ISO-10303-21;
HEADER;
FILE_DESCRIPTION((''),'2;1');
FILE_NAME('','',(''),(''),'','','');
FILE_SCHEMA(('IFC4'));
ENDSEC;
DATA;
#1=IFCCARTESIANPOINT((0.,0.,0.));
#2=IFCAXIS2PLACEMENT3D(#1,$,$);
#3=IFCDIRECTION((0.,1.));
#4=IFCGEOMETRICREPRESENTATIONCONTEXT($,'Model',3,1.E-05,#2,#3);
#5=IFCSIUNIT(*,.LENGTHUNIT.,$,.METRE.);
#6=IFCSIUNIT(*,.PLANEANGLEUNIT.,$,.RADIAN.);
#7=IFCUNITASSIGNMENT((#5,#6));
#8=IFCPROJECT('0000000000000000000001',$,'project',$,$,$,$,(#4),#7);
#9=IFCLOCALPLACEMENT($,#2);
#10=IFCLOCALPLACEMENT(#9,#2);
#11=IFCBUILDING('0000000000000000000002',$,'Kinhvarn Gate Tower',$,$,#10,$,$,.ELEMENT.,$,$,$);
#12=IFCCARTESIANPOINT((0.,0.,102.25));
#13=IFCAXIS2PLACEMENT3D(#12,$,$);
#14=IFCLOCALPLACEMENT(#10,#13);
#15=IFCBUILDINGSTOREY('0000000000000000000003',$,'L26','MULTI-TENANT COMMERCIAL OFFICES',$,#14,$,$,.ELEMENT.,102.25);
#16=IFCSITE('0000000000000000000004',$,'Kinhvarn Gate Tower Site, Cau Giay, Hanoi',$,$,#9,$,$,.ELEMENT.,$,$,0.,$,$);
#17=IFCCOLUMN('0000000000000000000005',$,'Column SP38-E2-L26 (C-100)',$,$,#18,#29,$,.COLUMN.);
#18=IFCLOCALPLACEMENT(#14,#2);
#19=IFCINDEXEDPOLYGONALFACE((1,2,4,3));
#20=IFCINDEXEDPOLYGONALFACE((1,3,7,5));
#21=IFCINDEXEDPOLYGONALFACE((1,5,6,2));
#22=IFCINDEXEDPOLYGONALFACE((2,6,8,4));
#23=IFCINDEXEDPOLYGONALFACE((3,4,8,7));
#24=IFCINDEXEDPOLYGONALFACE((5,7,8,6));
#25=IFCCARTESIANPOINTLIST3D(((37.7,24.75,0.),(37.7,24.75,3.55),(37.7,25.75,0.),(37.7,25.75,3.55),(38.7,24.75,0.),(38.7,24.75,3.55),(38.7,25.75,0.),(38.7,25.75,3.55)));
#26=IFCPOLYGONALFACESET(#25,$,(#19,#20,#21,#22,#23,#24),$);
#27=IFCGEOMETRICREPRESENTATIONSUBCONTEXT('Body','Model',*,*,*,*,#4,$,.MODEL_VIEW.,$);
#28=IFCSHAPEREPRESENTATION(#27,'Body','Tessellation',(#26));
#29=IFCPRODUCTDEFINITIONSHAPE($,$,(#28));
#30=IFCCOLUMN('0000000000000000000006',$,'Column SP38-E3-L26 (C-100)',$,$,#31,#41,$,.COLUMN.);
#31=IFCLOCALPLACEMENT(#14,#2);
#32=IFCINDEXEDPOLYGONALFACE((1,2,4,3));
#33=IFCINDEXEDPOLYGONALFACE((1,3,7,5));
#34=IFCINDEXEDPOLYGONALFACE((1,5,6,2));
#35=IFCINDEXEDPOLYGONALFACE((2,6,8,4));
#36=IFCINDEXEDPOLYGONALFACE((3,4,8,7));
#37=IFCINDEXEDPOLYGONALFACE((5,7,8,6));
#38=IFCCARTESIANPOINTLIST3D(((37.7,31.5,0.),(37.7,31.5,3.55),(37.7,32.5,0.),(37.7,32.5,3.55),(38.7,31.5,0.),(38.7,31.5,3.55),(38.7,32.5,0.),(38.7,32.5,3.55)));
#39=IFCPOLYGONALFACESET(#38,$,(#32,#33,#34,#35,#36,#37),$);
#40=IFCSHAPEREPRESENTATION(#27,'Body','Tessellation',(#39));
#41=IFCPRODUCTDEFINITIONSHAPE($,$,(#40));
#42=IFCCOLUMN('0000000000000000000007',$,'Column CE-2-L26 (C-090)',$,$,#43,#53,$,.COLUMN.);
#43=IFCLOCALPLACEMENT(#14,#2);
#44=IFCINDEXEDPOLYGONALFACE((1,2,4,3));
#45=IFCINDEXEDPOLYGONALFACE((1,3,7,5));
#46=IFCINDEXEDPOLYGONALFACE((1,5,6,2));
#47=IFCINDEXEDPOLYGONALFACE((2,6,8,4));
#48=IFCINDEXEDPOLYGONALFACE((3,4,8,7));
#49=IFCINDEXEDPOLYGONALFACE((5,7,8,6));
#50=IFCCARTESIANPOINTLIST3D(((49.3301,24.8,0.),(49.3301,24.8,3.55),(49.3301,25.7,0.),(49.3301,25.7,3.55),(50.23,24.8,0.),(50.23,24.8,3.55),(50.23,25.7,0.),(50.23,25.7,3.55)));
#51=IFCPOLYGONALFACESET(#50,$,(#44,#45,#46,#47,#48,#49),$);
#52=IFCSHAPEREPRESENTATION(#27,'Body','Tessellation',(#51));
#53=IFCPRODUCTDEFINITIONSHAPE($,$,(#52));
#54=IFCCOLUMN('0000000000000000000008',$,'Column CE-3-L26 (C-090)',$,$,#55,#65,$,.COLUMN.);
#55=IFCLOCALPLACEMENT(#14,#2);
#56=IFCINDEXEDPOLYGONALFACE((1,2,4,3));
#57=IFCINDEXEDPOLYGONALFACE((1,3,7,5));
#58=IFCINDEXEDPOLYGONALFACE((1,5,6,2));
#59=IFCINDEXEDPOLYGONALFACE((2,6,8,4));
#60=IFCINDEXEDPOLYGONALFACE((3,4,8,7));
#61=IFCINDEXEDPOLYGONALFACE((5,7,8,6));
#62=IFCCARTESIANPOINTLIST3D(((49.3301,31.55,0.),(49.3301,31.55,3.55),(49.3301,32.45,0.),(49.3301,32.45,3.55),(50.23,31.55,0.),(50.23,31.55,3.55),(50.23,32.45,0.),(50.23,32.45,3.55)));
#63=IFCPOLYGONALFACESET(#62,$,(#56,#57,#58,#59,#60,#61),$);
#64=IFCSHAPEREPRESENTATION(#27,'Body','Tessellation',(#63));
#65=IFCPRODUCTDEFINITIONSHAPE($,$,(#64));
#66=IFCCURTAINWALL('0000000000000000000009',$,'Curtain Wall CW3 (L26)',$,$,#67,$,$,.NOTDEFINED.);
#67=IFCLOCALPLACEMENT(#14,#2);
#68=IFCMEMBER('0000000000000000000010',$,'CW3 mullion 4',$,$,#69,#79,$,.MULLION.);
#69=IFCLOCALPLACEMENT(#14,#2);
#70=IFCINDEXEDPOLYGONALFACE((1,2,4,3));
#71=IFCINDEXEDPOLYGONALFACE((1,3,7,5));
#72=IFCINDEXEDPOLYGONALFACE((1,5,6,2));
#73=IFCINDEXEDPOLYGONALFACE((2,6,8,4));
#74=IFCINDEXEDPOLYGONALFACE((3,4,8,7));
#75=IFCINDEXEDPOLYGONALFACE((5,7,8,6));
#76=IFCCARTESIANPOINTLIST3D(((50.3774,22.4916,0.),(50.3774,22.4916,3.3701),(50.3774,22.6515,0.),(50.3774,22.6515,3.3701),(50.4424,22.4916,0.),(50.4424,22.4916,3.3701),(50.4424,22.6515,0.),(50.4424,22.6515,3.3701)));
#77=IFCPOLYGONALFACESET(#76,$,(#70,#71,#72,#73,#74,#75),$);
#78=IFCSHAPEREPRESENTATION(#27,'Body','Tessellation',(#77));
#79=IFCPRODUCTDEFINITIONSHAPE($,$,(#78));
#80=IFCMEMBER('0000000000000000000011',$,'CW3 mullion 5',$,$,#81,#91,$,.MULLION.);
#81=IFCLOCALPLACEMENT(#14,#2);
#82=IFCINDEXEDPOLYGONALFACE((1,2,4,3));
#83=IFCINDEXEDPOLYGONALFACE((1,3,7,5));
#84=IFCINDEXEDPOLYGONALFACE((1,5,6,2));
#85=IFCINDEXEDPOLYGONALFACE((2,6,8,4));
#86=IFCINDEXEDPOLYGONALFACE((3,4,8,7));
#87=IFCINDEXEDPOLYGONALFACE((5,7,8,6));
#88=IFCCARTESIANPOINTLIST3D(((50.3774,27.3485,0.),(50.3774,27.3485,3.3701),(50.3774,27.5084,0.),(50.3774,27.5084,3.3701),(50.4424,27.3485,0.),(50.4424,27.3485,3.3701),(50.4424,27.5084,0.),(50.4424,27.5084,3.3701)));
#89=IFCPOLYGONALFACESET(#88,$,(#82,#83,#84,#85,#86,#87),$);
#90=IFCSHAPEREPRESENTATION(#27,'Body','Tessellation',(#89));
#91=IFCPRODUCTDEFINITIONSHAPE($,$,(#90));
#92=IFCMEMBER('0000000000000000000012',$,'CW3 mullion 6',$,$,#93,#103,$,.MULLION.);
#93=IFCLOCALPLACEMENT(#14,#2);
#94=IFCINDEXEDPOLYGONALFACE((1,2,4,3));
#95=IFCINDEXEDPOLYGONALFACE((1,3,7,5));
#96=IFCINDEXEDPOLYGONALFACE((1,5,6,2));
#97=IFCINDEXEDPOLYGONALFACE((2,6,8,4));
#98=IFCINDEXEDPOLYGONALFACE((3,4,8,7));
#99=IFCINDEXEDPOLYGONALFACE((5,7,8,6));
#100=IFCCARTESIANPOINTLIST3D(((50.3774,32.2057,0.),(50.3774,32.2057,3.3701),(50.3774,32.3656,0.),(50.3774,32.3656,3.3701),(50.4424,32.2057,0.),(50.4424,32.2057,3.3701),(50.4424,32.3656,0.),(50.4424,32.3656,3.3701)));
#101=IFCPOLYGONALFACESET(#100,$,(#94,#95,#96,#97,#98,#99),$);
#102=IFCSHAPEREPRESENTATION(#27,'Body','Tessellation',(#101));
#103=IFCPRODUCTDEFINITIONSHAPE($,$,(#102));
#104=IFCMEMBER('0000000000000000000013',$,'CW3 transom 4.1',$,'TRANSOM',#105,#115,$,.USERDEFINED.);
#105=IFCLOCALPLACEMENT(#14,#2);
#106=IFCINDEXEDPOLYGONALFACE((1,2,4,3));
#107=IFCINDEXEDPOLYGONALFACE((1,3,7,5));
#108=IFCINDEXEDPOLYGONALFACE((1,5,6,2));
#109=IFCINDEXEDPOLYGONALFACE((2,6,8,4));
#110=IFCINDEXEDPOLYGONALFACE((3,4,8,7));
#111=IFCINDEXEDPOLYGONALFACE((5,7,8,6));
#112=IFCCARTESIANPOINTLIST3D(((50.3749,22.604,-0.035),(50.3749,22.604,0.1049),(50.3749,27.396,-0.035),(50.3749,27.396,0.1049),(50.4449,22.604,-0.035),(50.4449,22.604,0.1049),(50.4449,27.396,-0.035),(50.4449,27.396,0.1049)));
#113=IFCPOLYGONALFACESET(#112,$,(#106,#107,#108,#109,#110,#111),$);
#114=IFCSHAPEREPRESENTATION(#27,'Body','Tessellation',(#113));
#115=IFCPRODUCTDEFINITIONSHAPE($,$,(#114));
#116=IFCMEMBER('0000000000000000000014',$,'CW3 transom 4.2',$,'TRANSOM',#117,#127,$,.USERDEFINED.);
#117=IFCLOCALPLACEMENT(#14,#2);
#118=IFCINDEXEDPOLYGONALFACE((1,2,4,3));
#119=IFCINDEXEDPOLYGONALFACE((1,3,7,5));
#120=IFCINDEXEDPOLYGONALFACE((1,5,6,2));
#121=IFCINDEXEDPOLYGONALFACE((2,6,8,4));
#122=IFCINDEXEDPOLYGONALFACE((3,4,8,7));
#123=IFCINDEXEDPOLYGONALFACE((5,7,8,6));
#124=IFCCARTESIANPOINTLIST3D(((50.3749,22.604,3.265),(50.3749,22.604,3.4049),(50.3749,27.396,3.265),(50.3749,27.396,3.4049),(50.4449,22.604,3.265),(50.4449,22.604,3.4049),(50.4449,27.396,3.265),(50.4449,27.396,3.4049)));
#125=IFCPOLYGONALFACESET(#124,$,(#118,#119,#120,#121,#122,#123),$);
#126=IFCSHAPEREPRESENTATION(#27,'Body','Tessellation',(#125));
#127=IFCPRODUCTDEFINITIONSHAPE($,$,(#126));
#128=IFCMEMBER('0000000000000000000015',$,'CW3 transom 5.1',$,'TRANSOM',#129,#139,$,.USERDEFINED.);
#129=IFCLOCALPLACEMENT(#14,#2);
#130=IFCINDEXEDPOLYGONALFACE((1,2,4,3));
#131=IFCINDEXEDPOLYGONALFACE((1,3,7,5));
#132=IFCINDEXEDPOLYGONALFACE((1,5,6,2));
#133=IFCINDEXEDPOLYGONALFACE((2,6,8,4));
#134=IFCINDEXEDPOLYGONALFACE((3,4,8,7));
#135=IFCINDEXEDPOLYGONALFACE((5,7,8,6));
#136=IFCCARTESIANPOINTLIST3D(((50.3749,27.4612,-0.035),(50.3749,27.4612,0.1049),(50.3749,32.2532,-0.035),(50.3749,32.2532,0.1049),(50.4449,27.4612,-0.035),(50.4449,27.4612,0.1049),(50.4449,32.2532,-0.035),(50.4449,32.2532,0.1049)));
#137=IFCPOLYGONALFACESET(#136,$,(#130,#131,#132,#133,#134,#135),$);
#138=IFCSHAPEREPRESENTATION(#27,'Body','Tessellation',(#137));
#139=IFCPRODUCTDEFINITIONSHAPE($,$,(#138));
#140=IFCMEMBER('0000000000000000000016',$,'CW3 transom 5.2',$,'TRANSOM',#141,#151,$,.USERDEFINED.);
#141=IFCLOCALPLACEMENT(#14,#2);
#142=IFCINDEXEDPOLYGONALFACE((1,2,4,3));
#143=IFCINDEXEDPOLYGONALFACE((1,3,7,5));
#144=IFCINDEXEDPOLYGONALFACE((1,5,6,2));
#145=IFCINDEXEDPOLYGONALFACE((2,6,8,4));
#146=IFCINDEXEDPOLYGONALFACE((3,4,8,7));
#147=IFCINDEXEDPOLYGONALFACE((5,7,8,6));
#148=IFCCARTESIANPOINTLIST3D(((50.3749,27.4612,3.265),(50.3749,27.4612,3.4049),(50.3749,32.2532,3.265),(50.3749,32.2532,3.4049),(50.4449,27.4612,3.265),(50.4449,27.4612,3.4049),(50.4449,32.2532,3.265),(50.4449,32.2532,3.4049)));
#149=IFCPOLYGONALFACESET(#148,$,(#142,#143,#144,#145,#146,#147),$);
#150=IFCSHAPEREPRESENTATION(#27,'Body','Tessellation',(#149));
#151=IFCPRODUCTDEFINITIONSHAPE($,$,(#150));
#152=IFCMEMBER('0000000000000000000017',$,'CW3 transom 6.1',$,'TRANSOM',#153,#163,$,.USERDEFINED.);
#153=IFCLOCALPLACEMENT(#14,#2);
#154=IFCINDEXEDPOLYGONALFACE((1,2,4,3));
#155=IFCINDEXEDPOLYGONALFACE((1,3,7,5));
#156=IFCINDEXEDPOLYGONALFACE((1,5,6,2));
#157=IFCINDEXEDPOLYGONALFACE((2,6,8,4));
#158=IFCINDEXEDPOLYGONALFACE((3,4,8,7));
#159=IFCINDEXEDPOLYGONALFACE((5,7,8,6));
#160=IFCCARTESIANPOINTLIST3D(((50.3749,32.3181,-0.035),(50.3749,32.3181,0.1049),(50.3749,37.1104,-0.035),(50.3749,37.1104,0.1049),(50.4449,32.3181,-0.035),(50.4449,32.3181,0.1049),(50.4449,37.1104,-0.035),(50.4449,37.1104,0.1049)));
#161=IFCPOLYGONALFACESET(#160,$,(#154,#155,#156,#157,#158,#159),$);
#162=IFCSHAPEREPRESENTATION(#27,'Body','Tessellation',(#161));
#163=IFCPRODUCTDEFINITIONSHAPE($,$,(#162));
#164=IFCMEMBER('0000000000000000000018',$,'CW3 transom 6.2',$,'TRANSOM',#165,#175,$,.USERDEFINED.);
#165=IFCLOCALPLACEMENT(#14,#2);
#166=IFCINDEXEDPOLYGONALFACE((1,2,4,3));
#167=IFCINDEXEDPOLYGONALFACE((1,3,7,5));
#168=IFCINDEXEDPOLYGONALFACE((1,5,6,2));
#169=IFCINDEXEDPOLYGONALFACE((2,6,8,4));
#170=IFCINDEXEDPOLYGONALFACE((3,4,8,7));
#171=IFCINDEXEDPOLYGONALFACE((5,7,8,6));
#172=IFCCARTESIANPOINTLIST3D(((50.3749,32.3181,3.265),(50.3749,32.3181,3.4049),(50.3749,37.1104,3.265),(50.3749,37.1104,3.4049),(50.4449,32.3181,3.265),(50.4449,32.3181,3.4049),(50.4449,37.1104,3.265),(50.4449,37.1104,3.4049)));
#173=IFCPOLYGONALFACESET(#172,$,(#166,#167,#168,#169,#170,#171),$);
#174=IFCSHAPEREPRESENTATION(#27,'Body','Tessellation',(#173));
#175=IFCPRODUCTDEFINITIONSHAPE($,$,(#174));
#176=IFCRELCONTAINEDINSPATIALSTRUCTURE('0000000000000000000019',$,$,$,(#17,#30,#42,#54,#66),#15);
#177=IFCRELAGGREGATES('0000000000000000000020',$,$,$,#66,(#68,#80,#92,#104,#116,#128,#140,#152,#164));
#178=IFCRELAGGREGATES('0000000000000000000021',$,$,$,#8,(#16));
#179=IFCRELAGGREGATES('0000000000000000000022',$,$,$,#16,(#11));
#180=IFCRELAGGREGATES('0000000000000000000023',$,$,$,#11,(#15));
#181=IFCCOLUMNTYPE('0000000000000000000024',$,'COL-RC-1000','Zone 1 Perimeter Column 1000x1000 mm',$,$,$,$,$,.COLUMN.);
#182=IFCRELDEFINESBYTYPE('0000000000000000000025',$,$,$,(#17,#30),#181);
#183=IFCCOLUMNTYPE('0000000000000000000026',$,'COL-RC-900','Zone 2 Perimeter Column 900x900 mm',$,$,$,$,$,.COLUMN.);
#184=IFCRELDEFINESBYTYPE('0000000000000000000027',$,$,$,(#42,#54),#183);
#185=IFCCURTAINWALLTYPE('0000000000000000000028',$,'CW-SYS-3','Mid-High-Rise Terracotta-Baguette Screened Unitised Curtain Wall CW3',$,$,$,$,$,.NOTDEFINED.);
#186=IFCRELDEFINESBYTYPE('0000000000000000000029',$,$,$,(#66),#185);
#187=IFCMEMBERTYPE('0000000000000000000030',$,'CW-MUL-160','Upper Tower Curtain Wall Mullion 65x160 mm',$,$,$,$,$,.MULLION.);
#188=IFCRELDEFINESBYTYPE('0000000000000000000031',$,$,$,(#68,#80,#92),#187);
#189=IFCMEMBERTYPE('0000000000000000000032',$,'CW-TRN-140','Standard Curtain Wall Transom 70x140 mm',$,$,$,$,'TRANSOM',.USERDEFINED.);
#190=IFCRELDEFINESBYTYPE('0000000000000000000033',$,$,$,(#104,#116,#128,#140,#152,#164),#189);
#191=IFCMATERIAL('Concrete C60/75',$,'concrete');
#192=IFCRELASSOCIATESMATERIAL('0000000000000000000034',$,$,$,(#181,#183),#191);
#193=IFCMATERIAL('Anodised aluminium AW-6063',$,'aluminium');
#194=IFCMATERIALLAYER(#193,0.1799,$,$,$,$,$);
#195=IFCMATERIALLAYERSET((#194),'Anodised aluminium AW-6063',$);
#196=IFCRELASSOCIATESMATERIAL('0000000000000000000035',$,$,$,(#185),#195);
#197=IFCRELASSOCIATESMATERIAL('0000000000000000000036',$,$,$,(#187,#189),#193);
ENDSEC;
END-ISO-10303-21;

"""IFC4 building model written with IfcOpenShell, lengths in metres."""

from ifc_helpers import new_model, si_unit, direction, frame, origin, origin_2d, place, context, subcontext, project, spatial, rectangle, extrude, material, layer, layer_set, material_profile, profile_set, type_object, element, aggregate, save


model = new_model("IFC4")

# Units and contexts
model_context = context("Model", 3, precision=1e-05, world=origin(), true_north=direction((0.0, 1.0)))
body_context = subcontext(model_context, "Body", "Model", "MODEL_VIEW")
ifc_project = project(units=[si_unit("LENGTHUNIT", "METRE"), si_unit("PLANEANGLEUNIT", "RADIAN")], contexts=[model_context])

# Site, building, storey
site_placement = place(None, origin())
site = spatial("IfcSite", under=ifc_project, at=site_placement, Name="Kinhvarn Gate Tower Site, Cau Giay, Hanoi", CompositionType="ELEMENT", RefElevation=0.0)
building_placement = place(site_placement, origin())
building = spatial("IfcBuilding", under=site, at=building_placement, Name="Kinhvarn Gate Tower", CompositionType="ELEMENT")
storey_placement = place(building_placement, frame((0.0, 0.0, 102.25)))
storey = spatial("IfcBuildingStorey", under=building, at=storey_placement, Name="L26", Description="MULTI-TENANT COMMERCIAL OFFICES", CompositionType="ELEMENT", Elevation=102.25)

# Columns
ifc_material_1 = material(Name="Concrete C60/75", Category="concrete")
ifc_material_profile_1 = material_profile(ifc_material_1, rectangle(XDim=1.0, YDim=1.0, at=origin_2d()), Name="RC 1000x1000")
ifc_profile_set_1 = profile_set([ifc_material_profile_1], Name="Concrete C60/75")
column_type_1 = type_object("IfcColumnType", Name="COL-RC-1000", Description="Zone 1 Perimeter Column 1000x1000 mm", PredefinedType="COLUMN", material=ifc_profile_set_1)
for number, where, z_axis, x_axis, name in (
    (1, (38.2, 25.25, 0.0), (0.0, 0.0, 1.0), (1.0, 0.0, 0.0), "Column SP38-E2-L26 (C-100)"),
    (2, (38.2, 32.0, 0.0), (0.0, 0.0, 1.0), (1.0, 0.0, 0.0), "Column SP38-E3-L26 (C-100)"),
):
    element("IfcColumn", number, at=place(storey_placement, frame(where, z_axis=z_axis, x_axis=x_axis)), inside=storey, type_object=column_type_1, Name=name, PredefinedType="COLUMN", context=body_context, shape_type="SweptSolid", body=[
        extrude(rectangle(XDim=1.0, YDim=1.0, at=origin_2d()), origin(), (0.0, 0.0, 1.0), 3.55),
    ])
ifc_material_profile_2 = material_profile(ifc_material_1, rectangle(XDim=0.8999, YDim=0.8999, at=origin_2d()), Name="RC 900x900")
ifc_profile_set_2 = profile_set([ifc_material_profile_2], Name="Concrete C60/75")
column_type_2 = type_object("IfcColumnType", Name="COL-RC-900", Description="Zone 2 Perimeter Column 900x900 mm", PredefinedType="COLUMN", material=ifc_profile_set_2)
for number, where, z_axis, x_axis, name in (
    (3, (49.78, 25.25, 0.0), (0.0, 0.0, 1.0), (1.0, 0.0, 0.0), "Column CE-2-L26 (C-090)"),
    (4, (49.78, 32.0, 0.0), (0.0, 0.0, 1.0), (1.0, 0.0, 0.0), "Column CE-3-L26 (C-090)"),
):
    element("IfcColumn", number, at=place(storey_placement, frame(where, z_axis=z_axis, x_axis=x_axis)), inside=storey, type_object=column_type_2, Name=name, PredefinedType="COLUMN", context=body_context, shape_type="SweptSolid", body=[
        extrude(rectangle(XDim=0.8999, YDim=0.8999, at=origin_2d()), origin(), (0.0, 0.0, 1.0), 3.55),
    ])

# Curtain wall, members
ifc_material_2 = material(Name="Anodised aluminium AW-6063", Category="aluminium")
ifc_layer_1 = layer(ifc_material_2, 0.1799)
ifc_layer_set_1 = layer_set([ifc_layer_1], Name="Anodised aluminium AW-6063")
curtain_wall_type = type_object("IfcCurtainWallType", Name="CW-SYS-3", Description="Mid-High-Rise Terracotta-Baguette Screened Unitised Curtain Wall CW3", PredefinedType="NOTDEFINED", material=ifc_layer_set_1)
curtain_wall_placement = place(storey_placement, origin())
curtain_wall = element("IfcCurtainWall", 5, at=curtain_wall_placement, inside=storey, type_object=curtain_wall_type, Name="Curtain Wall CW3 (L26)", PredefinedType="NOTDEFINED")
ifc_material_profile_3 = material_profile(ifc_material_2, rectangle(XDim=0.0649, YDim=0.1599, at=origin_2d()), Name="ALU 65x160")
ifc_profile_set_3 = profile_set([ifc_material_profile_3], Name="Anodised aluminium AW-6063")
member_type_1 = type_object("IfcMemberType", Name="CW-MUL-160", Description="Upper Tower Curtain Wall Mullion 65x160 mm", PredefinedType="MULLION", material=ifc_profile_set_3)
member_1_placement = place(storey_placement, frame((50.4099, 22.5715, 0.0), z_axis=(0.0, 0.0, 1.0), x_axis=(-1.0, 0.0, 0.0)))
member_1 = element("IfcMember", 6, at=member_1_placement, type_object=member_type_1, Name="CW3 mullion 4", PredefinedType="MULLION", context=body_context, shape_type="SweptSolid", body=[
    extrude(rectangle(XDim=0.0649, YDim=0.1599, at=origin_2d()), origin(), (0.0, 0.0, 1.0), 3.3701),
])
member_2_placement = place(storey_placement, frame((50.4099, 27.4285, 0.0), z_axis=(0.0, 0.0, 1.0), x_axis=(-1.0, 0.0, 0.0)))
member_2 = element("IfcMember", 7, at=member_2_placement, type_object=member_type_1, Name="CW3 mullion 5", PredefinedType="MULLION", context=body_context, shape_type="SweptSolid", body=[
    extrude(rectangle(XDim=0.0649, YDim=0.1599, at=origin_2d()), origin(), (0.0, 0.0, 1.0), 3.3701),
])
member_3_placement = place(storey_placement, frame((50.4099, 32.2856, 0.0), z_axis=(0.0, 0.0, 1.0), x_axis=(-1.0, 0.0, 0.0)))
member_3 = element("IfcMember", 8, at=member_3_placement, type_object=member_type_1, Name="CW3 mullion 6", PredefinedType="MULLION", context=body_context, shape_type="SweptSolid", body=[
    extrude(rectangle(XDim=0.0649, YDim=0.1599, at=origin_2d()), origin(), (0.0, 0.0, 1.0), 3.3701),
])
ifc_material_profile_4 = material_profile(ifc_material_2, rectangle(XDim=0.0701, YDim=0.1399, at=origin_2d()), Name="ALU 70x140")
ifc_profile_set_4 = profile_set([ifc_material_profile_4], Name="Anodised aluminium AW-6063")
member_type_2 = type_object("IfcMemberType", Name="CW-TRN-140", Description="Standard Curtain Wall Transom 70x140 mm", ElementType="TRANSOM", PredefinedType="USERDEFINED", material=ifc_profile_set_4)
member_4_placement = place(storey_placement, frame((50.4099, 22.604, 0.0349), z_axis=(0.0, 1.0, 0.0), x_axis=(-1.0, 0.0, 0.0)))
member_4 = element("IfcMember", 9, at=member_4_placement, type_object=member_type_2, Name="CW3 transom 4.1", ObjectType="TRANSOM", PredefinedType="USERDEFINED", context=body_context, shape_type="SweptSolid", body=[
    extrude(rectangle(XDim=0.0701, YDim=0.1399, at=origin_2d()), origin(), (0.0, 0.0, 1.0), 4.792),
])
member_5_placement = place(storey_placement, frame((50.4099, 22.604, 3.335), z_axis=(0.0, 1.0, 0.0), x_axis=(-1.0, 0.0, 0.0)))
member_5 = element("IfcMember", 10, at=member_5_placement, type_object=member_type_2, Name="CW3 transom 4.2", ObjectType="TRANSOM", PredefinedType="USERDEFINED", context=body_context, shape_type="SweptSolid", body=[
    extrude(rectangle(XDim=0.0701, YDim=0.1399, at=origin_2d()), origin(), (0.0, 0.0, 1.0), 4.792),
])
member_6_placement = place(storey_placement, frame((50.4099, 27.4612, 0.0349), z_axis=(0.0, 1.0, 0.0), x_axis=(-1.0, 0.0, 0.0)))
member_6 = element("IfcMember", 11, at=member_6_placement, type_object=member_type_2, Name="CW3 transom 5.1", ObjectType="TRANSOM", PredefinedType="USERDEFINED", context=body_context, shape_type="SweptSolid", body=[
    extrude(rectangle(XDim=0.0701, YDim=0.1399, at=origin_2d()), origin(), (0.0, 0.0, 1.0), 4.792),
])
member_7_placement = place(storey_placement, frame((50.4099, 27.4612, 3.335), z_axis=(0.0, 1.0, 0.0), x_axis=(-1.0, 0.0, 0.0)))
member_7 = element("IfcMember", 12, at=member_7_placement, type_object=member_type_2, Name="CW3 transom 5.2", ObjectType="TRANSOM", PredefinedType="USERDEFINED", context=body_context, shape_type="SweptSolid", body=[
    extrude(rectangle(XDim=0.0701, YDim=0.1399, at=origin_2d()), origin(), (0.0, 0.0, 1.0), 4.792),
])
member_8_placement = place(storey_placement, frame((50.4099, 32.3181, 0.0349), z_axis=(0.0, 1.0, 0.0), x_axis=(-1.0, 0.0, 0.0)))
member_8 = element("IfcMember", 13, at=member_8_placement, type_object=member_type_2, Name="CW3 transom 6.1", ObjectType="TRANSOM", PredefinedType="USERDEFINED", context=body_context, shape_type="SweptSolid", body=[
    extrude(rectangle(XDim=0.0701, YDim=0.1399, at=origin_2d()), origin(), (0.0, 0.0, 1.0), 4.7922),
])
member_9_placement = place(storey_placement, frame((50.4099, 32.3181, 3.335), z_axis=(0.0, 1.0, 0.0), x_axis=(-1.0, 0.0, 0.0)))
member_9 = element("IfcMember", 14, at=member_9_placement, type_object=member_type_2, Name="CW3 transom 6.2", ObjectType="TRANSOM", PredefinedType="USERDEFINED", context=body_context, shape_type="SweptSolid", body=[
    extrude(rectangle(XDim=0.0701, YDim=0.1399, at=origin_2d()), origin(), (0.0, 0.0, 1.0), 4.7922),
])

aggregate(curtain_wall, [member_1, member_2, member_3, member_4, member_5, member_6, member_7, member_8, member_9])

save(model, "model.ifc")
